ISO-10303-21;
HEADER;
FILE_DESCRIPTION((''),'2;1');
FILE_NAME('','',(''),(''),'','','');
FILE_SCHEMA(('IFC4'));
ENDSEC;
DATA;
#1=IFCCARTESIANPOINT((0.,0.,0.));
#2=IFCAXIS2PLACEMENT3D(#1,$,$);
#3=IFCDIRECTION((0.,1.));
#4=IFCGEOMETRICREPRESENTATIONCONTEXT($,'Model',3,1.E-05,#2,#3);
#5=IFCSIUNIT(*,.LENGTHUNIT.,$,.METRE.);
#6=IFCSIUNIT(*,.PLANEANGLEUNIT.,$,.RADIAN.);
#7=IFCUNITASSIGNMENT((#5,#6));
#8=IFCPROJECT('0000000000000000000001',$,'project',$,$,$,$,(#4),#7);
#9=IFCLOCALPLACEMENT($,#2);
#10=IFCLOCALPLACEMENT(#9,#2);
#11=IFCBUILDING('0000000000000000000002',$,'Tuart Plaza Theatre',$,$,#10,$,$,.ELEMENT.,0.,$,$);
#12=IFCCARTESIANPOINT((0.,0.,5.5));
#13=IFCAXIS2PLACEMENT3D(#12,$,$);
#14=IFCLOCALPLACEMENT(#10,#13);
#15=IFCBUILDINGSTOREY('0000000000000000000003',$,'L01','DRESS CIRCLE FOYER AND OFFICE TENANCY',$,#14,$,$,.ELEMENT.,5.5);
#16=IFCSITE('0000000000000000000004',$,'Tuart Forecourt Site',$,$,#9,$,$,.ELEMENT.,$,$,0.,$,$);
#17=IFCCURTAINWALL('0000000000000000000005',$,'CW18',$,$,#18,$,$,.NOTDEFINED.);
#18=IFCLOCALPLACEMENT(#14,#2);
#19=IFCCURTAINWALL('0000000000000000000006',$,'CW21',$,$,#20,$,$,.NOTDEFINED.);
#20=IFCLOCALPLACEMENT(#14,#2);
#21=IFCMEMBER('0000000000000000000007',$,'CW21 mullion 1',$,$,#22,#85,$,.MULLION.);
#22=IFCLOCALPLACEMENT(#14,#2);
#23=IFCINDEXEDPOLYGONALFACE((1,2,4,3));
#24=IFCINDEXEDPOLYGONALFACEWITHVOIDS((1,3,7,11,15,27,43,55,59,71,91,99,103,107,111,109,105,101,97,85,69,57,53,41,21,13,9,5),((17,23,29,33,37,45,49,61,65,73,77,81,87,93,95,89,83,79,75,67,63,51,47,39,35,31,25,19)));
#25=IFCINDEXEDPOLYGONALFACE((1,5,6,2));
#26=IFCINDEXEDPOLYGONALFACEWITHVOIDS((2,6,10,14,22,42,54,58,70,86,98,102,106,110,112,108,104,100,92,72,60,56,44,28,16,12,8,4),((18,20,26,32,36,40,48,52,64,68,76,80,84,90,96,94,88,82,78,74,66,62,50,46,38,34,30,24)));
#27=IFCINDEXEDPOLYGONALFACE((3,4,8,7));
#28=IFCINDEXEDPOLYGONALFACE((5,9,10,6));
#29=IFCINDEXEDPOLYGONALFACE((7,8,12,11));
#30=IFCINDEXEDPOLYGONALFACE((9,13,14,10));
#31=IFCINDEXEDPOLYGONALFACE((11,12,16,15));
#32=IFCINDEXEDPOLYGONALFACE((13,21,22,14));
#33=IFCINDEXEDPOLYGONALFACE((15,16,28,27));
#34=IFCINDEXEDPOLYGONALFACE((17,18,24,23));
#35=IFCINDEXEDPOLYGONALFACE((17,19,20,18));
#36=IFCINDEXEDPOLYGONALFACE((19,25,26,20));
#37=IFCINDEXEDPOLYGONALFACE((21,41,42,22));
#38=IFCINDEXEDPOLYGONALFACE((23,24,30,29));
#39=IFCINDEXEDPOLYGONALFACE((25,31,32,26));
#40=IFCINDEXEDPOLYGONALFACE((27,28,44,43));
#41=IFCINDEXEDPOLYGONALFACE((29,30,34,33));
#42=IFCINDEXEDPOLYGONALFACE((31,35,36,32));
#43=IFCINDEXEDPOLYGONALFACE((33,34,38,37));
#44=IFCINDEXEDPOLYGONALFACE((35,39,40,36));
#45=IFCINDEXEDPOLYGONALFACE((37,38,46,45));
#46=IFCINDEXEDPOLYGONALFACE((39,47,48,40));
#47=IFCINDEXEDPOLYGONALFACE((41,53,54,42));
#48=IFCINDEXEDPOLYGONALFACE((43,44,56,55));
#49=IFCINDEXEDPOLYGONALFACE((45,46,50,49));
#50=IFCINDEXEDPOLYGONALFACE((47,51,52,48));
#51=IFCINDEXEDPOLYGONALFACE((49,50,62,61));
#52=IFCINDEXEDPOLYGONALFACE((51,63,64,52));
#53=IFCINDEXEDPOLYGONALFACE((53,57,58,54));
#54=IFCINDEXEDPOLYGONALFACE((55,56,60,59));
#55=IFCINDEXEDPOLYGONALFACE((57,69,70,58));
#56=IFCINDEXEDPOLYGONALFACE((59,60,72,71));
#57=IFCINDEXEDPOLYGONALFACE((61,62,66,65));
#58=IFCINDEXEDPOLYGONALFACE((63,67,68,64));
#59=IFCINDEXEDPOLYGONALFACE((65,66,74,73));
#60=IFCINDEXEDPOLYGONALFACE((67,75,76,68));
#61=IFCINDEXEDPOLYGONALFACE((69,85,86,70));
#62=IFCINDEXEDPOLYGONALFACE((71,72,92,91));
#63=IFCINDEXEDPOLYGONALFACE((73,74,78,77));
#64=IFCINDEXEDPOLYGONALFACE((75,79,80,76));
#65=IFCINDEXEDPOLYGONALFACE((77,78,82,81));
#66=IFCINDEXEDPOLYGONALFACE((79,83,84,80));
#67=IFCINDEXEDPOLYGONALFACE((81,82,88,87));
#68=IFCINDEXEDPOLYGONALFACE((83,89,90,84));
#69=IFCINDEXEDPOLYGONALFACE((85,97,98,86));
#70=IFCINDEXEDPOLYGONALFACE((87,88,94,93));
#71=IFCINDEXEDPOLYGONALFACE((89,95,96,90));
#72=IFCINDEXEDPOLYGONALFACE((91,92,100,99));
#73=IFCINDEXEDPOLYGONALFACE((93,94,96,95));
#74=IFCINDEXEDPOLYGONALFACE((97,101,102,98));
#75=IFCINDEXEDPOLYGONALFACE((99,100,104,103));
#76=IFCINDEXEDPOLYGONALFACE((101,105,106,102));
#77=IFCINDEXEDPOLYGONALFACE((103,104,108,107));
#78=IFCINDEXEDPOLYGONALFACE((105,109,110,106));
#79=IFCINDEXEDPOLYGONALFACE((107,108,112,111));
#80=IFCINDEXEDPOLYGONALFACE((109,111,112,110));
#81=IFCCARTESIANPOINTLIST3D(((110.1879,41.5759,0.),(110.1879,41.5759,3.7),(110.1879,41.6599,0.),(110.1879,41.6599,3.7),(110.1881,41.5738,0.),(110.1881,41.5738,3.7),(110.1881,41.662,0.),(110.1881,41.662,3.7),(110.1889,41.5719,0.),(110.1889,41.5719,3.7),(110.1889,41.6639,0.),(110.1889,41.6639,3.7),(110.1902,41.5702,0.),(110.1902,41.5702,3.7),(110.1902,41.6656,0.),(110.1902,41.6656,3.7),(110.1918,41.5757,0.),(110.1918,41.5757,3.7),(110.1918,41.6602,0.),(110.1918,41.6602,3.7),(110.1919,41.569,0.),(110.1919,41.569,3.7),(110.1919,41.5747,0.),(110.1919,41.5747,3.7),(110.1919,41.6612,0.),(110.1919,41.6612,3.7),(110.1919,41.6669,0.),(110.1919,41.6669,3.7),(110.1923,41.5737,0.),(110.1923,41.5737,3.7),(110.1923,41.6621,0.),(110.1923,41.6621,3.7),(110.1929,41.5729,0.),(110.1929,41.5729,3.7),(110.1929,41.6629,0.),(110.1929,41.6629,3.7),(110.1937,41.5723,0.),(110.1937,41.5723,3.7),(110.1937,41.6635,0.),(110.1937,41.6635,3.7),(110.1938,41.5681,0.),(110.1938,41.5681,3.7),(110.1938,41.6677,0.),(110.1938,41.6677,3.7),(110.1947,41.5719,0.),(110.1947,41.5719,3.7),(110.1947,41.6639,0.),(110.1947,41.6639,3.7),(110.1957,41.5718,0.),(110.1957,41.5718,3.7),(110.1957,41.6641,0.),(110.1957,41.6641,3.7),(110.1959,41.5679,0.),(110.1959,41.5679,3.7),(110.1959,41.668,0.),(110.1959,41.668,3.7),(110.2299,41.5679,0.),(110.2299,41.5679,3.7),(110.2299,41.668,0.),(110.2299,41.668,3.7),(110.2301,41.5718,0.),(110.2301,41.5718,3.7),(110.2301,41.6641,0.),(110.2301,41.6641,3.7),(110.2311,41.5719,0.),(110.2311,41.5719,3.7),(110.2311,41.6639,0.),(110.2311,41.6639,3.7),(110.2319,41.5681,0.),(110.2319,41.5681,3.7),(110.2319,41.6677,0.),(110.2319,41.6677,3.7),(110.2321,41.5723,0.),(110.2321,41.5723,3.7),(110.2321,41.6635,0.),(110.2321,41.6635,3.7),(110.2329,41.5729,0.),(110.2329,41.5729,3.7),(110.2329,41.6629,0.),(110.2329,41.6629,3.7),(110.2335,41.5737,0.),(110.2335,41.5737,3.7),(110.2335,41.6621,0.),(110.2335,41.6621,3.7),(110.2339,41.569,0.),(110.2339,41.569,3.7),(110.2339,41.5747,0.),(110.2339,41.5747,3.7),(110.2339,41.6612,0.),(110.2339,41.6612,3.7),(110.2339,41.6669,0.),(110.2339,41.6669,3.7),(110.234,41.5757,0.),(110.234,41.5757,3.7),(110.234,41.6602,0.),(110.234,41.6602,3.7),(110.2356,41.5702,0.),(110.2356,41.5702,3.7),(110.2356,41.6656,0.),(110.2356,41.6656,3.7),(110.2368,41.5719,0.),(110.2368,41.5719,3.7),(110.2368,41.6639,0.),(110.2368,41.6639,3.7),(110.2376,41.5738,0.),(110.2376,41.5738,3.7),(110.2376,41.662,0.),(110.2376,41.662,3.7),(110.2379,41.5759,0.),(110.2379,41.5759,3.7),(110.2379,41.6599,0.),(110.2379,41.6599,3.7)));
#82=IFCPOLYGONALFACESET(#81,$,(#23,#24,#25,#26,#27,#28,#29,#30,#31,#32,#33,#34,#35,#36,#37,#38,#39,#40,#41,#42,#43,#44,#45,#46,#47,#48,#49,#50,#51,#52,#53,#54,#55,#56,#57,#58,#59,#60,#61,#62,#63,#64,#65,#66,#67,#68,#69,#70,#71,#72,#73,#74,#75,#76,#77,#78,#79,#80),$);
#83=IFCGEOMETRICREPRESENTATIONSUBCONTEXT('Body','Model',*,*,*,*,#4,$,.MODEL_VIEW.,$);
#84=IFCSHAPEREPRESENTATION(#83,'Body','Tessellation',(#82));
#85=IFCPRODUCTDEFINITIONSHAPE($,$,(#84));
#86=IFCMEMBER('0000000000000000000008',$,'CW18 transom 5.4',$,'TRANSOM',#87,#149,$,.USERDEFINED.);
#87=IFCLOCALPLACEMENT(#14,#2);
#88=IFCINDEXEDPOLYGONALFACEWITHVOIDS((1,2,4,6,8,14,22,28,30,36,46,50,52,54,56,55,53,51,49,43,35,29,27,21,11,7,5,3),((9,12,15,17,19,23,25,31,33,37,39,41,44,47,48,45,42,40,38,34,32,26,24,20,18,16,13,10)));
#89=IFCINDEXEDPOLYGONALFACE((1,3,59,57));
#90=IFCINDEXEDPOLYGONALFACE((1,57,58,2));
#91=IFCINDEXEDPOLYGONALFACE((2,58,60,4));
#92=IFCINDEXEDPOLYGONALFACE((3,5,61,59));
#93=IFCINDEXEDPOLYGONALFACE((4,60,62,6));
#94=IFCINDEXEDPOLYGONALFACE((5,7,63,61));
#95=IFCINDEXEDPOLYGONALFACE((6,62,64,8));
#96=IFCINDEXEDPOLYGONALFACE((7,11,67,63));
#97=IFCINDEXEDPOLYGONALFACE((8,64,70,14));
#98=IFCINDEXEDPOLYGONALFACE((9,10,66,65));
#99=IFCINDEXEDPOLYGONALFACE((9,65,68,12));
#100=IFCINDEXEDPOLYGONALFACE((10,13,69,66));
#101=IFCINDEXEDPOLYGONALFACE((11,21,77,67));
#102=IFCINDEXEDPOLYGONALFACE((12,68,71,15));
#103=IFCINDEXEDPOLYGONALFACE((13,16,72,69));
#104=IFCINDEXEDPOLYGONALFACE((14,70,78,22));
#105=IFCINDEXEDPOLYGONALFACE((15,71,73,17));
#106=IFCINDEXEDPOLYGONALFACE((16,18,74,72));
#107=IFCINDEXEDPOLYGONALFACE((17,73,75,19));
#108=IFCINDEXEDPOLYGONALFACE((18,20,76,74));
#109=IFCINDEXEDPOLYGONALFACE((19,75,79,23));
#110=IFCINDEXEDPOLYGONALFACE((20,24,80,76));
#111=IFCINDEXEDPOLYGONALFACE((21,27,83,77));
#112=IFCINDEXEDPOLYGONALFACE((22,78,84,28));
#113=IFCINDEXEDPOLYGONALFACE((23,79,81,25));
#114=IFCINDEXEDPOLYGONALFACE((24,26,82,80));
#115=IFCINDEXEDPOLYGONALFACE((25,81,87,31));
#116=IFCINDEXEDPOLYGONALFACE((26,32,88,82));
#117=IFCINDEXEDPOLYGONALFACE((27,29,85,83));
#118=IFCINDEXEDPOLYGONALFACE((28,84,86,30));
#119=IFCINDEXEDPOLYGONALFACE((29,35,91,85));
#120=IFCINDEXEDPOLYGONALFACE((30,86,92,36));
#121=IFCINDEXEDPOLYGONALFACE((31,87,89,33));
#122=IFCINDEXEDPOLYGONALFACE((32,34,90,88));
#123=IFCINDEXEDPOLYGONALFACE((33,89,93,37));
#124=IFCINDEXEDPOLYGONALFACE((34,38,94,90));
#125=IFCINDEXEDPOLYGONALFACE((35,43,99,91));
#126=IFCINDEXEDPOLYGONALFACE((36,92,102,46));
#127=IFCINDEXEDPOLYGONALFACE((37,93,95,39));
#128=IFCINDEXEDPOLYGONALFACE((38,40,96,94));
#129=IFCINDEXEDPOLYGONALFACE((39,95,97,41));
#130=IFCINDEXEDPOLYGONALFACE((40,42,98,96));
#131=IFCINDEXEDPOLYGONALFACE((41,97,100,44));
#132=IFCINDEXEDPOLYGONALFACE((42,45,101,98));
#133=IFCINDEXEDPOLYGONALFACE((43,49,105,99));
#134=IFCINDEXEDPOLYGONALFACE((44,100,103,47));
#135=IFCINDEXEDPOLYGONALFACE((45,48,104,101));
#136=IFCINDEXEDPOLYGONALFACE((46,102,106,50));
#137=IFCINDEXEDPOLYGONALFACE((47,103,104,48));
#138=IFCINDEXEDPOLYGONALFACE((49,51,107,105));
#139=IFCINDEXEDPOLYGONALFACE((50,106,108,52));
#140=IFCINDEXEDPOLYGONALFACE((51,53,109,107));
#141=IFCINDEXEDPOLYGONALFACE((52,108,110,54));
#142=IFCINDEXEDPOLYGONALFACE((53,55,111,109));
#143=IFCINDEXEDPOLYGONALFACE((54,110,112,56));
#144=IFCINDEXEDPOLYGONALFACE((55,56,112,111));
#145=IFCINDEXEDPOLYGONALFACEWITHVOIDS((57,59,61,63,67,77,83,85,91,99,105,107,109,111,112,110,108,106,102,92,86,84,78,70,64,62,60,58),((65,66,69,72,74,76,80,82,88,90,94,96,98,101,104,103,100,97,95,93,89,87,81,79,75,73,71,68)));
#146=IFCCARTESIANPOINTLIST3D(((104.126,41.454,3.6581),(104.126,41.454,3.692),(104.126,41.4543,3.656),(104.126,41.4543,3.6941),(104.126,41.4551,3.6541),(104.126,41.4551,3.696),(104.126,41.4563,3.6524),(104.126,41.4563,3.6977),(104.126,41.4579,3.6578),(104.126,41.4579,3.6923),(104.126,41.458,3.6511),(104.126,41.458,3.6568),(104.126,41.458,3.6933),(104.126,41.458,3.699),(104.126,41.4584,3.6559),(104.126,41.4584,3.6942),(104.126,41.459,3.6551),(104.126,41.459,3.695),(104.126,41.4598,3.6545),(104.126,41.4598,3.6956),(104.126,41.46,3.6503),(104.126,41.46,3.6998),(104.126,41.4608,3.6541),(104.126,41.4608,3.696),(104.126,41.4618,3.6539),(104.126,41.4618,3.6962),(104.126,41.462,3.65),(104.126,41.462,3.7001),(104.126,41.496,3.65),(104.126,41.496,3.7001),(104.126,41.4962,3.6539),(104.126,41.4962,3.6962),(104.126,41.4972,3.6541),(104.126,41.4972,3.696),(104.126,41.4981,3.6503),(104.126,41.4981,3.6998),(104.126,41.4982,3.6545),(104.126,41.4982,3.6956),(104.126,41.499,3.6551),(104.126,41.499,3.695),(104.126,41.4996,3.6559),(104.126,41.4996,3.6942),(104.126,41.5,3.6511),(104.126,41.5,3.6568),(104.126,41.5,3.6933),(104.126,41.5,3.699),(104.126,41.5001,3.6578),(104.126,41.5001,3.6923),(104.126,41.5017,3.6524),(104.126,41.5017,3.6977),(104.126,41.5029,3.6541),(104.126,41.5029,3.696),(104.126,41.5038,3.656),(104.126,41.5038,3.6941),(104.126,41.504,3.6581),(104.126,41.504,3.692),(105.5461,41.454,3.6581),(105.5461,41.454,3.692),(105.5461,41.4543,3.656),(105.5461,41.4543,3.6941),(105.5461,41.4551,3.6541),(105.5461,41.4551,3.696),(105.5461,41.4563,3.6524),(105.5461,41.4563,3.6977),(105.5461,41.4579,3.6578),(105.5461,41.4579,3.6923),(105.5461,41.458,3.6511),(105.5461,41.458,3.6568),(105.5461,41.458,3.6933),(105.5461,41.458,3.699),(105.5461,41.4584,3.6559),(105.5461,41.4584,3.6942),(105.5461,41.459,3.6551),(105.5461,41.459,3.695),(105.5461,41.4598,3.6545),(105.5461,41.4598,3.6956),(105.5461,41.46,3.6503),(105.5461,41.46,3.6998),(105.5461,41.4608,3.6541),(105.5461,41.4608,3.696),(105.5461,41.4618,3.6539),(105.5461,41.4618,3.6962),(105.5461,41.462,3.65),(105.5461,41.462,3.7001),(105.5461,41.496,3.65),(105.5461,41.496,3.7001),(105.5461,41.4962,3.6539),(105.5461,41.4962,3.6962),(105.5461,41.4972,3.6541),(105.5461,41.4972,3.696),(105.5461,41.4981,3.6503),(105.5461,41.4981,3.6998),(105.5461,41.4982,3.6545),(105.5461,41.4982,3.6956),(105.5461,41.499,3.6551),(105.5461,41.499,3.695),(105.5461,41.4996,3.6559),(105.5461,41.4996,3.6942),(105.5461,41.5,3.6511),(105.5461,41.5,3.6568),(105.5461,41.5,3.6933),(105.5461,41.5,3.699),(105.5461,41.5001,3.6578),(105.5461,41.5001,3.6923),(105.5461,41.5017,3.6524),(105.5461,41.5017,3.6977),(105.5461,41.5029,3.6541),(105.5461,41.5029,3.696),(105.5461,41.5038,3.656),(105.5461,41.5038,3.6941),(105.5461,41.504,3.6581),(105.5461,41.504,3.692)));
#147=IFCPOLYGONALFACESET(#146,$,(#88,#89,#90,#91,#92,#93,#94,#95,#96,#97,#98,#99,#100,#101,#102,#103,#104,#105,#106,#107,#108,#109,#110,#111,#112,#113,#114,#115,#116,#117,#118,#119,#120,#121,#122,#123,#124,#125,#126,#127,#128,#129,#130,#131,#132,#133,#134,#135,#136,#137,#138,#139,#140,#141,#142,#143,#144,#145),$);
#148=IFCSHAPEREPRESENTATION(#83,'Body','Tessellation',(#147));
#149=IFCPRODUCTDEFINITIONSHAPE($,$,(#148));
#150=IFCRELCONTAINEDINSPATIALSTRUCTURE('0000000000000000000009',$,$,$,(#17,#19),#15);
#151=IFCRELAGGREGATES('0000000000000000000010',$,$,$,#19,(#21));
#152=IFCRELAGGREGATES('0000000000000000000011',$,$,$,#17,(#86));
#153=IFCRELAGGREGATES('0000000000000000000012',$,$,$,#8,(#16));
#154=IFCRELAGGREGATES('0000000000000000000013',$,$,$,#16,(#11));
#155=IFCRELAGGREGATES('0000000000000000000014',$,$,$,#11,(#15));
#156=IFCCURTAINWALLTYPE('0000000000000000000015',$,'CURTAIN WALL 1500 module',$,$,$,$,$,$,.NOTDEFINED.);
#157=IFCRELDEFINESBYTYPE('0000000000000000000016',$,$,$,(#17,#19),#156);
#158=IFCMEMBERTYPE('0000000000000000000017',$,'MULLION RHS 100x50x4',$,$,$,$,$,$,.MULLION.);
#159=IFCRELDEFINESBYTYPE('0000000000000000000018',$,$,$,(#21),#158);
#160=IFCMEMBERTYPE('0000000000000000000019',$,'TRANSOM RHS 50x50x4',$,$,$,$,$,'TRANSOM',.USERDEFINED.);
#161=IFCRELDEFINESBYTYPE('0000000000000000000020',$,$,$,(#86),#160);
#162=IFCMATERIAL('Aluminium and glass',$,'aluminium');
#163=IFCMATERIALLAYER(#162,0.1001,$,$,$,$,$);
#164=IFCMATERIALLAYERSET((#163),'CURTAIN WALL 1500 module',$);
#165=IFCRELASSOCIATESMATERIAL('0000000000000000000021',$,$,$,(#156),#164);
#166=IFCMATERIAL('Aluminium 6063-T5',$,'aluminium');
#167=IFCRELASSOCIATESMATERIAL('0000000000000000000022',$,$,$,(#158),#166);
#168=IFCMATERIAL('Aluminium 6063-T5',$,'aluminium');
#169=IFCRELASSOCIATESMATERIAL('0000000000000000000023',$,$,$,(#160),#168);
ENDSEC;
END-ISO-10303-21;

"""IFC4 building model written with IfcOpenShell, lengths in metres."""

from ifc_helpers import new_model, si_unit, direction, frame, origin, origin_2d, place, context, subcontext, project, spatial, hollow_rectangle, extrude, material, layer, layer_set, material_profile, profile_set, type_object, element, aggregate, save


model = new_model("IFC4")

# Units and contexts
model_context = context("Model", 3, precision=1e-05, world=origin(), true_north=direction((0.0, 1.0)))
body_context = subcontext(model_context, "Body", "Model", "MODEL_VIEW")
ifc_project = project(units=[si_unit("LENGTHUNIT", "METRE"), si_unit("PLANEANGLEUNIT", "RADIAN")], contexts=[model_context])

# Site, building, storey
site_placement = place(None, origin())
site = spatial("IfcSite", under=ifc_project, at=site_placement, Name="Tuart Forecourt Site", CompositionType="ELEMENT", RefElevation=0.0)
building_placement = place(site_placement, origin())
building = spatial("IfcBuilding", under=site, at=building_placement, Name="Tuart Plaza Theatre", CompositionType="ELEMENT", ElevationOfRefHeight=0.0)
storey_placement = place(building_placement, frame((0.0, 0.0, 5.5)))
storey = spatial("IfcBuildingStorey", under=building, at=storey_placement, Name="L01", Description="DRESS CIRCLE FOYER AND OFFICE TENANCY", CompositionType="ELEMENT", Elevation=5.5)

# Curtain wall
ifc_material_1 = material(Name="Aluminium and glass", Category="aluminium")
ifc_layer_1 = layer(ifc_material_1, 0.1001)
ifc_layer_set_1 = layer_set([ifc_layer_1], Name="CURTAIN WALL 1500 module")
curtain_wall_type = type_object("IfcCurtainWallType", Name="CURTAIN WALL 1500 module", PredefinedType="NOTDEFINED", material=ifc_layer_set_1)
curtain_wall_1_placement = place(storey_placement, origin())
curtain_wall_1 = element("IfcCurtainWall", 1, at=curtain_wall_1_placement, inside=storey, type_object=curtain_wall_type, Name="CW18", PredefinedType="NOTDEFINED")
ifc_material_2 = material(Name="Aluminium 6063-T5", Category="aluminium")
ifc_material_profile_1 = material_profile(ifc_material_2, hollow_rectangle(XDim=0.05, YDim=0.1001, WallThickness=0.0039, InnerFilletRadius=0.0039, OuterFilletRadius=0.0081, at=origin_2d()), Name="RHS 100x50x4")
ifc_profile_set_1 = profile_set([ifc_material_profile_1], Name="Aluminium 6063-T5")
member_type_1 = type_object("IfcMemberType", Name="MULLION RHS 100x50x4", PredefinedType="MULLION", material=ifc_profile_set_1)

# Curtain wall, member
curtain_wall_2_placement = place(storey_placement, origin())
curtain_wall_2 = element("IfcCurtainWall", 2, at=curtain_wall_2_placement, inside=storey, type_object=curtain_wall_type, Name="CW21", PredefinedType="NOTDEFINED")
member_1_placement = place(storey_placement, frame((110.2129, 41.6179, 0.0), z_axis=(0.0, 0.0, 1.0), x_axis=(-1.0, 0.0, 0.0)))
member_1 = element("IfcMember", 3, at=member_1_placement, type_object=member_type_1, Name="CW21 mullion 1", PredefinedType="MULLION", context=body_context, shape_type="SweptSolid", body=[
    extrude(hollow_rectangle(XDim=0.05, YDim=0.1001, WallThickness=0.0039, InnerFilletRadius=0.0039, OuterFilletRadius=0.0081, at=origin_2d()), origin(), (0.0, 0.0, 1.0), 3.7),
])

# Member
ifc_material_3 = material(Name="Aluminium 6063-T5", Category="aluminium")
ifc_material_profile_2 = material_profile(ifc_material_3, hollow_rectangle(XDim=0.05, YDim=0.05, WallThickness=0.0039, InnerFilletRadius=0.0039, OuterFilletRadius=0.0081, at=origin_2d()), Name="RHS 50x50x4")
ifc_profile_set_2 = profile_set([ifc_material_profile_2], Name="Aluminium 6063-T5")
member_type_2 = type_object("IfcMemberType", Name="TRANSOM RHS 50x50x4", ElementType="TRANSOM", PredefinedType="USERDEFINED", material=ifc_profile_set_2)
member_2_placement = place(storey_placement, frame((104.126, 41.479, 3.675), z_axis=(1.0, 0.0, 0.0), x_axis=(0.0, 1.0, 0.0)))
member_2 = element("IfcMember", 4, at=member_2_placement, type_object=member_type_2, Name="CW18 transom 5.4", ObjectType="TRANSOM", PredefinedType="USERDEFINED", context=body_context, shape_type="SweptSolid", body=[
    extrude(hollow_rectangle(XDim=0.05, YDim=0.05, WallThickness=0.0039, InnerFilletRadius=0.0039, OuterFilletRadius=0.0081, at=origin_2d()), origin(), (0.0, 0.0, 1.0), 1.4202),
])
aggregate(curtain_wall_2, [member_1])

aggregate(curtain_wall_1, [member_2])

save(model, "model.ifc")
